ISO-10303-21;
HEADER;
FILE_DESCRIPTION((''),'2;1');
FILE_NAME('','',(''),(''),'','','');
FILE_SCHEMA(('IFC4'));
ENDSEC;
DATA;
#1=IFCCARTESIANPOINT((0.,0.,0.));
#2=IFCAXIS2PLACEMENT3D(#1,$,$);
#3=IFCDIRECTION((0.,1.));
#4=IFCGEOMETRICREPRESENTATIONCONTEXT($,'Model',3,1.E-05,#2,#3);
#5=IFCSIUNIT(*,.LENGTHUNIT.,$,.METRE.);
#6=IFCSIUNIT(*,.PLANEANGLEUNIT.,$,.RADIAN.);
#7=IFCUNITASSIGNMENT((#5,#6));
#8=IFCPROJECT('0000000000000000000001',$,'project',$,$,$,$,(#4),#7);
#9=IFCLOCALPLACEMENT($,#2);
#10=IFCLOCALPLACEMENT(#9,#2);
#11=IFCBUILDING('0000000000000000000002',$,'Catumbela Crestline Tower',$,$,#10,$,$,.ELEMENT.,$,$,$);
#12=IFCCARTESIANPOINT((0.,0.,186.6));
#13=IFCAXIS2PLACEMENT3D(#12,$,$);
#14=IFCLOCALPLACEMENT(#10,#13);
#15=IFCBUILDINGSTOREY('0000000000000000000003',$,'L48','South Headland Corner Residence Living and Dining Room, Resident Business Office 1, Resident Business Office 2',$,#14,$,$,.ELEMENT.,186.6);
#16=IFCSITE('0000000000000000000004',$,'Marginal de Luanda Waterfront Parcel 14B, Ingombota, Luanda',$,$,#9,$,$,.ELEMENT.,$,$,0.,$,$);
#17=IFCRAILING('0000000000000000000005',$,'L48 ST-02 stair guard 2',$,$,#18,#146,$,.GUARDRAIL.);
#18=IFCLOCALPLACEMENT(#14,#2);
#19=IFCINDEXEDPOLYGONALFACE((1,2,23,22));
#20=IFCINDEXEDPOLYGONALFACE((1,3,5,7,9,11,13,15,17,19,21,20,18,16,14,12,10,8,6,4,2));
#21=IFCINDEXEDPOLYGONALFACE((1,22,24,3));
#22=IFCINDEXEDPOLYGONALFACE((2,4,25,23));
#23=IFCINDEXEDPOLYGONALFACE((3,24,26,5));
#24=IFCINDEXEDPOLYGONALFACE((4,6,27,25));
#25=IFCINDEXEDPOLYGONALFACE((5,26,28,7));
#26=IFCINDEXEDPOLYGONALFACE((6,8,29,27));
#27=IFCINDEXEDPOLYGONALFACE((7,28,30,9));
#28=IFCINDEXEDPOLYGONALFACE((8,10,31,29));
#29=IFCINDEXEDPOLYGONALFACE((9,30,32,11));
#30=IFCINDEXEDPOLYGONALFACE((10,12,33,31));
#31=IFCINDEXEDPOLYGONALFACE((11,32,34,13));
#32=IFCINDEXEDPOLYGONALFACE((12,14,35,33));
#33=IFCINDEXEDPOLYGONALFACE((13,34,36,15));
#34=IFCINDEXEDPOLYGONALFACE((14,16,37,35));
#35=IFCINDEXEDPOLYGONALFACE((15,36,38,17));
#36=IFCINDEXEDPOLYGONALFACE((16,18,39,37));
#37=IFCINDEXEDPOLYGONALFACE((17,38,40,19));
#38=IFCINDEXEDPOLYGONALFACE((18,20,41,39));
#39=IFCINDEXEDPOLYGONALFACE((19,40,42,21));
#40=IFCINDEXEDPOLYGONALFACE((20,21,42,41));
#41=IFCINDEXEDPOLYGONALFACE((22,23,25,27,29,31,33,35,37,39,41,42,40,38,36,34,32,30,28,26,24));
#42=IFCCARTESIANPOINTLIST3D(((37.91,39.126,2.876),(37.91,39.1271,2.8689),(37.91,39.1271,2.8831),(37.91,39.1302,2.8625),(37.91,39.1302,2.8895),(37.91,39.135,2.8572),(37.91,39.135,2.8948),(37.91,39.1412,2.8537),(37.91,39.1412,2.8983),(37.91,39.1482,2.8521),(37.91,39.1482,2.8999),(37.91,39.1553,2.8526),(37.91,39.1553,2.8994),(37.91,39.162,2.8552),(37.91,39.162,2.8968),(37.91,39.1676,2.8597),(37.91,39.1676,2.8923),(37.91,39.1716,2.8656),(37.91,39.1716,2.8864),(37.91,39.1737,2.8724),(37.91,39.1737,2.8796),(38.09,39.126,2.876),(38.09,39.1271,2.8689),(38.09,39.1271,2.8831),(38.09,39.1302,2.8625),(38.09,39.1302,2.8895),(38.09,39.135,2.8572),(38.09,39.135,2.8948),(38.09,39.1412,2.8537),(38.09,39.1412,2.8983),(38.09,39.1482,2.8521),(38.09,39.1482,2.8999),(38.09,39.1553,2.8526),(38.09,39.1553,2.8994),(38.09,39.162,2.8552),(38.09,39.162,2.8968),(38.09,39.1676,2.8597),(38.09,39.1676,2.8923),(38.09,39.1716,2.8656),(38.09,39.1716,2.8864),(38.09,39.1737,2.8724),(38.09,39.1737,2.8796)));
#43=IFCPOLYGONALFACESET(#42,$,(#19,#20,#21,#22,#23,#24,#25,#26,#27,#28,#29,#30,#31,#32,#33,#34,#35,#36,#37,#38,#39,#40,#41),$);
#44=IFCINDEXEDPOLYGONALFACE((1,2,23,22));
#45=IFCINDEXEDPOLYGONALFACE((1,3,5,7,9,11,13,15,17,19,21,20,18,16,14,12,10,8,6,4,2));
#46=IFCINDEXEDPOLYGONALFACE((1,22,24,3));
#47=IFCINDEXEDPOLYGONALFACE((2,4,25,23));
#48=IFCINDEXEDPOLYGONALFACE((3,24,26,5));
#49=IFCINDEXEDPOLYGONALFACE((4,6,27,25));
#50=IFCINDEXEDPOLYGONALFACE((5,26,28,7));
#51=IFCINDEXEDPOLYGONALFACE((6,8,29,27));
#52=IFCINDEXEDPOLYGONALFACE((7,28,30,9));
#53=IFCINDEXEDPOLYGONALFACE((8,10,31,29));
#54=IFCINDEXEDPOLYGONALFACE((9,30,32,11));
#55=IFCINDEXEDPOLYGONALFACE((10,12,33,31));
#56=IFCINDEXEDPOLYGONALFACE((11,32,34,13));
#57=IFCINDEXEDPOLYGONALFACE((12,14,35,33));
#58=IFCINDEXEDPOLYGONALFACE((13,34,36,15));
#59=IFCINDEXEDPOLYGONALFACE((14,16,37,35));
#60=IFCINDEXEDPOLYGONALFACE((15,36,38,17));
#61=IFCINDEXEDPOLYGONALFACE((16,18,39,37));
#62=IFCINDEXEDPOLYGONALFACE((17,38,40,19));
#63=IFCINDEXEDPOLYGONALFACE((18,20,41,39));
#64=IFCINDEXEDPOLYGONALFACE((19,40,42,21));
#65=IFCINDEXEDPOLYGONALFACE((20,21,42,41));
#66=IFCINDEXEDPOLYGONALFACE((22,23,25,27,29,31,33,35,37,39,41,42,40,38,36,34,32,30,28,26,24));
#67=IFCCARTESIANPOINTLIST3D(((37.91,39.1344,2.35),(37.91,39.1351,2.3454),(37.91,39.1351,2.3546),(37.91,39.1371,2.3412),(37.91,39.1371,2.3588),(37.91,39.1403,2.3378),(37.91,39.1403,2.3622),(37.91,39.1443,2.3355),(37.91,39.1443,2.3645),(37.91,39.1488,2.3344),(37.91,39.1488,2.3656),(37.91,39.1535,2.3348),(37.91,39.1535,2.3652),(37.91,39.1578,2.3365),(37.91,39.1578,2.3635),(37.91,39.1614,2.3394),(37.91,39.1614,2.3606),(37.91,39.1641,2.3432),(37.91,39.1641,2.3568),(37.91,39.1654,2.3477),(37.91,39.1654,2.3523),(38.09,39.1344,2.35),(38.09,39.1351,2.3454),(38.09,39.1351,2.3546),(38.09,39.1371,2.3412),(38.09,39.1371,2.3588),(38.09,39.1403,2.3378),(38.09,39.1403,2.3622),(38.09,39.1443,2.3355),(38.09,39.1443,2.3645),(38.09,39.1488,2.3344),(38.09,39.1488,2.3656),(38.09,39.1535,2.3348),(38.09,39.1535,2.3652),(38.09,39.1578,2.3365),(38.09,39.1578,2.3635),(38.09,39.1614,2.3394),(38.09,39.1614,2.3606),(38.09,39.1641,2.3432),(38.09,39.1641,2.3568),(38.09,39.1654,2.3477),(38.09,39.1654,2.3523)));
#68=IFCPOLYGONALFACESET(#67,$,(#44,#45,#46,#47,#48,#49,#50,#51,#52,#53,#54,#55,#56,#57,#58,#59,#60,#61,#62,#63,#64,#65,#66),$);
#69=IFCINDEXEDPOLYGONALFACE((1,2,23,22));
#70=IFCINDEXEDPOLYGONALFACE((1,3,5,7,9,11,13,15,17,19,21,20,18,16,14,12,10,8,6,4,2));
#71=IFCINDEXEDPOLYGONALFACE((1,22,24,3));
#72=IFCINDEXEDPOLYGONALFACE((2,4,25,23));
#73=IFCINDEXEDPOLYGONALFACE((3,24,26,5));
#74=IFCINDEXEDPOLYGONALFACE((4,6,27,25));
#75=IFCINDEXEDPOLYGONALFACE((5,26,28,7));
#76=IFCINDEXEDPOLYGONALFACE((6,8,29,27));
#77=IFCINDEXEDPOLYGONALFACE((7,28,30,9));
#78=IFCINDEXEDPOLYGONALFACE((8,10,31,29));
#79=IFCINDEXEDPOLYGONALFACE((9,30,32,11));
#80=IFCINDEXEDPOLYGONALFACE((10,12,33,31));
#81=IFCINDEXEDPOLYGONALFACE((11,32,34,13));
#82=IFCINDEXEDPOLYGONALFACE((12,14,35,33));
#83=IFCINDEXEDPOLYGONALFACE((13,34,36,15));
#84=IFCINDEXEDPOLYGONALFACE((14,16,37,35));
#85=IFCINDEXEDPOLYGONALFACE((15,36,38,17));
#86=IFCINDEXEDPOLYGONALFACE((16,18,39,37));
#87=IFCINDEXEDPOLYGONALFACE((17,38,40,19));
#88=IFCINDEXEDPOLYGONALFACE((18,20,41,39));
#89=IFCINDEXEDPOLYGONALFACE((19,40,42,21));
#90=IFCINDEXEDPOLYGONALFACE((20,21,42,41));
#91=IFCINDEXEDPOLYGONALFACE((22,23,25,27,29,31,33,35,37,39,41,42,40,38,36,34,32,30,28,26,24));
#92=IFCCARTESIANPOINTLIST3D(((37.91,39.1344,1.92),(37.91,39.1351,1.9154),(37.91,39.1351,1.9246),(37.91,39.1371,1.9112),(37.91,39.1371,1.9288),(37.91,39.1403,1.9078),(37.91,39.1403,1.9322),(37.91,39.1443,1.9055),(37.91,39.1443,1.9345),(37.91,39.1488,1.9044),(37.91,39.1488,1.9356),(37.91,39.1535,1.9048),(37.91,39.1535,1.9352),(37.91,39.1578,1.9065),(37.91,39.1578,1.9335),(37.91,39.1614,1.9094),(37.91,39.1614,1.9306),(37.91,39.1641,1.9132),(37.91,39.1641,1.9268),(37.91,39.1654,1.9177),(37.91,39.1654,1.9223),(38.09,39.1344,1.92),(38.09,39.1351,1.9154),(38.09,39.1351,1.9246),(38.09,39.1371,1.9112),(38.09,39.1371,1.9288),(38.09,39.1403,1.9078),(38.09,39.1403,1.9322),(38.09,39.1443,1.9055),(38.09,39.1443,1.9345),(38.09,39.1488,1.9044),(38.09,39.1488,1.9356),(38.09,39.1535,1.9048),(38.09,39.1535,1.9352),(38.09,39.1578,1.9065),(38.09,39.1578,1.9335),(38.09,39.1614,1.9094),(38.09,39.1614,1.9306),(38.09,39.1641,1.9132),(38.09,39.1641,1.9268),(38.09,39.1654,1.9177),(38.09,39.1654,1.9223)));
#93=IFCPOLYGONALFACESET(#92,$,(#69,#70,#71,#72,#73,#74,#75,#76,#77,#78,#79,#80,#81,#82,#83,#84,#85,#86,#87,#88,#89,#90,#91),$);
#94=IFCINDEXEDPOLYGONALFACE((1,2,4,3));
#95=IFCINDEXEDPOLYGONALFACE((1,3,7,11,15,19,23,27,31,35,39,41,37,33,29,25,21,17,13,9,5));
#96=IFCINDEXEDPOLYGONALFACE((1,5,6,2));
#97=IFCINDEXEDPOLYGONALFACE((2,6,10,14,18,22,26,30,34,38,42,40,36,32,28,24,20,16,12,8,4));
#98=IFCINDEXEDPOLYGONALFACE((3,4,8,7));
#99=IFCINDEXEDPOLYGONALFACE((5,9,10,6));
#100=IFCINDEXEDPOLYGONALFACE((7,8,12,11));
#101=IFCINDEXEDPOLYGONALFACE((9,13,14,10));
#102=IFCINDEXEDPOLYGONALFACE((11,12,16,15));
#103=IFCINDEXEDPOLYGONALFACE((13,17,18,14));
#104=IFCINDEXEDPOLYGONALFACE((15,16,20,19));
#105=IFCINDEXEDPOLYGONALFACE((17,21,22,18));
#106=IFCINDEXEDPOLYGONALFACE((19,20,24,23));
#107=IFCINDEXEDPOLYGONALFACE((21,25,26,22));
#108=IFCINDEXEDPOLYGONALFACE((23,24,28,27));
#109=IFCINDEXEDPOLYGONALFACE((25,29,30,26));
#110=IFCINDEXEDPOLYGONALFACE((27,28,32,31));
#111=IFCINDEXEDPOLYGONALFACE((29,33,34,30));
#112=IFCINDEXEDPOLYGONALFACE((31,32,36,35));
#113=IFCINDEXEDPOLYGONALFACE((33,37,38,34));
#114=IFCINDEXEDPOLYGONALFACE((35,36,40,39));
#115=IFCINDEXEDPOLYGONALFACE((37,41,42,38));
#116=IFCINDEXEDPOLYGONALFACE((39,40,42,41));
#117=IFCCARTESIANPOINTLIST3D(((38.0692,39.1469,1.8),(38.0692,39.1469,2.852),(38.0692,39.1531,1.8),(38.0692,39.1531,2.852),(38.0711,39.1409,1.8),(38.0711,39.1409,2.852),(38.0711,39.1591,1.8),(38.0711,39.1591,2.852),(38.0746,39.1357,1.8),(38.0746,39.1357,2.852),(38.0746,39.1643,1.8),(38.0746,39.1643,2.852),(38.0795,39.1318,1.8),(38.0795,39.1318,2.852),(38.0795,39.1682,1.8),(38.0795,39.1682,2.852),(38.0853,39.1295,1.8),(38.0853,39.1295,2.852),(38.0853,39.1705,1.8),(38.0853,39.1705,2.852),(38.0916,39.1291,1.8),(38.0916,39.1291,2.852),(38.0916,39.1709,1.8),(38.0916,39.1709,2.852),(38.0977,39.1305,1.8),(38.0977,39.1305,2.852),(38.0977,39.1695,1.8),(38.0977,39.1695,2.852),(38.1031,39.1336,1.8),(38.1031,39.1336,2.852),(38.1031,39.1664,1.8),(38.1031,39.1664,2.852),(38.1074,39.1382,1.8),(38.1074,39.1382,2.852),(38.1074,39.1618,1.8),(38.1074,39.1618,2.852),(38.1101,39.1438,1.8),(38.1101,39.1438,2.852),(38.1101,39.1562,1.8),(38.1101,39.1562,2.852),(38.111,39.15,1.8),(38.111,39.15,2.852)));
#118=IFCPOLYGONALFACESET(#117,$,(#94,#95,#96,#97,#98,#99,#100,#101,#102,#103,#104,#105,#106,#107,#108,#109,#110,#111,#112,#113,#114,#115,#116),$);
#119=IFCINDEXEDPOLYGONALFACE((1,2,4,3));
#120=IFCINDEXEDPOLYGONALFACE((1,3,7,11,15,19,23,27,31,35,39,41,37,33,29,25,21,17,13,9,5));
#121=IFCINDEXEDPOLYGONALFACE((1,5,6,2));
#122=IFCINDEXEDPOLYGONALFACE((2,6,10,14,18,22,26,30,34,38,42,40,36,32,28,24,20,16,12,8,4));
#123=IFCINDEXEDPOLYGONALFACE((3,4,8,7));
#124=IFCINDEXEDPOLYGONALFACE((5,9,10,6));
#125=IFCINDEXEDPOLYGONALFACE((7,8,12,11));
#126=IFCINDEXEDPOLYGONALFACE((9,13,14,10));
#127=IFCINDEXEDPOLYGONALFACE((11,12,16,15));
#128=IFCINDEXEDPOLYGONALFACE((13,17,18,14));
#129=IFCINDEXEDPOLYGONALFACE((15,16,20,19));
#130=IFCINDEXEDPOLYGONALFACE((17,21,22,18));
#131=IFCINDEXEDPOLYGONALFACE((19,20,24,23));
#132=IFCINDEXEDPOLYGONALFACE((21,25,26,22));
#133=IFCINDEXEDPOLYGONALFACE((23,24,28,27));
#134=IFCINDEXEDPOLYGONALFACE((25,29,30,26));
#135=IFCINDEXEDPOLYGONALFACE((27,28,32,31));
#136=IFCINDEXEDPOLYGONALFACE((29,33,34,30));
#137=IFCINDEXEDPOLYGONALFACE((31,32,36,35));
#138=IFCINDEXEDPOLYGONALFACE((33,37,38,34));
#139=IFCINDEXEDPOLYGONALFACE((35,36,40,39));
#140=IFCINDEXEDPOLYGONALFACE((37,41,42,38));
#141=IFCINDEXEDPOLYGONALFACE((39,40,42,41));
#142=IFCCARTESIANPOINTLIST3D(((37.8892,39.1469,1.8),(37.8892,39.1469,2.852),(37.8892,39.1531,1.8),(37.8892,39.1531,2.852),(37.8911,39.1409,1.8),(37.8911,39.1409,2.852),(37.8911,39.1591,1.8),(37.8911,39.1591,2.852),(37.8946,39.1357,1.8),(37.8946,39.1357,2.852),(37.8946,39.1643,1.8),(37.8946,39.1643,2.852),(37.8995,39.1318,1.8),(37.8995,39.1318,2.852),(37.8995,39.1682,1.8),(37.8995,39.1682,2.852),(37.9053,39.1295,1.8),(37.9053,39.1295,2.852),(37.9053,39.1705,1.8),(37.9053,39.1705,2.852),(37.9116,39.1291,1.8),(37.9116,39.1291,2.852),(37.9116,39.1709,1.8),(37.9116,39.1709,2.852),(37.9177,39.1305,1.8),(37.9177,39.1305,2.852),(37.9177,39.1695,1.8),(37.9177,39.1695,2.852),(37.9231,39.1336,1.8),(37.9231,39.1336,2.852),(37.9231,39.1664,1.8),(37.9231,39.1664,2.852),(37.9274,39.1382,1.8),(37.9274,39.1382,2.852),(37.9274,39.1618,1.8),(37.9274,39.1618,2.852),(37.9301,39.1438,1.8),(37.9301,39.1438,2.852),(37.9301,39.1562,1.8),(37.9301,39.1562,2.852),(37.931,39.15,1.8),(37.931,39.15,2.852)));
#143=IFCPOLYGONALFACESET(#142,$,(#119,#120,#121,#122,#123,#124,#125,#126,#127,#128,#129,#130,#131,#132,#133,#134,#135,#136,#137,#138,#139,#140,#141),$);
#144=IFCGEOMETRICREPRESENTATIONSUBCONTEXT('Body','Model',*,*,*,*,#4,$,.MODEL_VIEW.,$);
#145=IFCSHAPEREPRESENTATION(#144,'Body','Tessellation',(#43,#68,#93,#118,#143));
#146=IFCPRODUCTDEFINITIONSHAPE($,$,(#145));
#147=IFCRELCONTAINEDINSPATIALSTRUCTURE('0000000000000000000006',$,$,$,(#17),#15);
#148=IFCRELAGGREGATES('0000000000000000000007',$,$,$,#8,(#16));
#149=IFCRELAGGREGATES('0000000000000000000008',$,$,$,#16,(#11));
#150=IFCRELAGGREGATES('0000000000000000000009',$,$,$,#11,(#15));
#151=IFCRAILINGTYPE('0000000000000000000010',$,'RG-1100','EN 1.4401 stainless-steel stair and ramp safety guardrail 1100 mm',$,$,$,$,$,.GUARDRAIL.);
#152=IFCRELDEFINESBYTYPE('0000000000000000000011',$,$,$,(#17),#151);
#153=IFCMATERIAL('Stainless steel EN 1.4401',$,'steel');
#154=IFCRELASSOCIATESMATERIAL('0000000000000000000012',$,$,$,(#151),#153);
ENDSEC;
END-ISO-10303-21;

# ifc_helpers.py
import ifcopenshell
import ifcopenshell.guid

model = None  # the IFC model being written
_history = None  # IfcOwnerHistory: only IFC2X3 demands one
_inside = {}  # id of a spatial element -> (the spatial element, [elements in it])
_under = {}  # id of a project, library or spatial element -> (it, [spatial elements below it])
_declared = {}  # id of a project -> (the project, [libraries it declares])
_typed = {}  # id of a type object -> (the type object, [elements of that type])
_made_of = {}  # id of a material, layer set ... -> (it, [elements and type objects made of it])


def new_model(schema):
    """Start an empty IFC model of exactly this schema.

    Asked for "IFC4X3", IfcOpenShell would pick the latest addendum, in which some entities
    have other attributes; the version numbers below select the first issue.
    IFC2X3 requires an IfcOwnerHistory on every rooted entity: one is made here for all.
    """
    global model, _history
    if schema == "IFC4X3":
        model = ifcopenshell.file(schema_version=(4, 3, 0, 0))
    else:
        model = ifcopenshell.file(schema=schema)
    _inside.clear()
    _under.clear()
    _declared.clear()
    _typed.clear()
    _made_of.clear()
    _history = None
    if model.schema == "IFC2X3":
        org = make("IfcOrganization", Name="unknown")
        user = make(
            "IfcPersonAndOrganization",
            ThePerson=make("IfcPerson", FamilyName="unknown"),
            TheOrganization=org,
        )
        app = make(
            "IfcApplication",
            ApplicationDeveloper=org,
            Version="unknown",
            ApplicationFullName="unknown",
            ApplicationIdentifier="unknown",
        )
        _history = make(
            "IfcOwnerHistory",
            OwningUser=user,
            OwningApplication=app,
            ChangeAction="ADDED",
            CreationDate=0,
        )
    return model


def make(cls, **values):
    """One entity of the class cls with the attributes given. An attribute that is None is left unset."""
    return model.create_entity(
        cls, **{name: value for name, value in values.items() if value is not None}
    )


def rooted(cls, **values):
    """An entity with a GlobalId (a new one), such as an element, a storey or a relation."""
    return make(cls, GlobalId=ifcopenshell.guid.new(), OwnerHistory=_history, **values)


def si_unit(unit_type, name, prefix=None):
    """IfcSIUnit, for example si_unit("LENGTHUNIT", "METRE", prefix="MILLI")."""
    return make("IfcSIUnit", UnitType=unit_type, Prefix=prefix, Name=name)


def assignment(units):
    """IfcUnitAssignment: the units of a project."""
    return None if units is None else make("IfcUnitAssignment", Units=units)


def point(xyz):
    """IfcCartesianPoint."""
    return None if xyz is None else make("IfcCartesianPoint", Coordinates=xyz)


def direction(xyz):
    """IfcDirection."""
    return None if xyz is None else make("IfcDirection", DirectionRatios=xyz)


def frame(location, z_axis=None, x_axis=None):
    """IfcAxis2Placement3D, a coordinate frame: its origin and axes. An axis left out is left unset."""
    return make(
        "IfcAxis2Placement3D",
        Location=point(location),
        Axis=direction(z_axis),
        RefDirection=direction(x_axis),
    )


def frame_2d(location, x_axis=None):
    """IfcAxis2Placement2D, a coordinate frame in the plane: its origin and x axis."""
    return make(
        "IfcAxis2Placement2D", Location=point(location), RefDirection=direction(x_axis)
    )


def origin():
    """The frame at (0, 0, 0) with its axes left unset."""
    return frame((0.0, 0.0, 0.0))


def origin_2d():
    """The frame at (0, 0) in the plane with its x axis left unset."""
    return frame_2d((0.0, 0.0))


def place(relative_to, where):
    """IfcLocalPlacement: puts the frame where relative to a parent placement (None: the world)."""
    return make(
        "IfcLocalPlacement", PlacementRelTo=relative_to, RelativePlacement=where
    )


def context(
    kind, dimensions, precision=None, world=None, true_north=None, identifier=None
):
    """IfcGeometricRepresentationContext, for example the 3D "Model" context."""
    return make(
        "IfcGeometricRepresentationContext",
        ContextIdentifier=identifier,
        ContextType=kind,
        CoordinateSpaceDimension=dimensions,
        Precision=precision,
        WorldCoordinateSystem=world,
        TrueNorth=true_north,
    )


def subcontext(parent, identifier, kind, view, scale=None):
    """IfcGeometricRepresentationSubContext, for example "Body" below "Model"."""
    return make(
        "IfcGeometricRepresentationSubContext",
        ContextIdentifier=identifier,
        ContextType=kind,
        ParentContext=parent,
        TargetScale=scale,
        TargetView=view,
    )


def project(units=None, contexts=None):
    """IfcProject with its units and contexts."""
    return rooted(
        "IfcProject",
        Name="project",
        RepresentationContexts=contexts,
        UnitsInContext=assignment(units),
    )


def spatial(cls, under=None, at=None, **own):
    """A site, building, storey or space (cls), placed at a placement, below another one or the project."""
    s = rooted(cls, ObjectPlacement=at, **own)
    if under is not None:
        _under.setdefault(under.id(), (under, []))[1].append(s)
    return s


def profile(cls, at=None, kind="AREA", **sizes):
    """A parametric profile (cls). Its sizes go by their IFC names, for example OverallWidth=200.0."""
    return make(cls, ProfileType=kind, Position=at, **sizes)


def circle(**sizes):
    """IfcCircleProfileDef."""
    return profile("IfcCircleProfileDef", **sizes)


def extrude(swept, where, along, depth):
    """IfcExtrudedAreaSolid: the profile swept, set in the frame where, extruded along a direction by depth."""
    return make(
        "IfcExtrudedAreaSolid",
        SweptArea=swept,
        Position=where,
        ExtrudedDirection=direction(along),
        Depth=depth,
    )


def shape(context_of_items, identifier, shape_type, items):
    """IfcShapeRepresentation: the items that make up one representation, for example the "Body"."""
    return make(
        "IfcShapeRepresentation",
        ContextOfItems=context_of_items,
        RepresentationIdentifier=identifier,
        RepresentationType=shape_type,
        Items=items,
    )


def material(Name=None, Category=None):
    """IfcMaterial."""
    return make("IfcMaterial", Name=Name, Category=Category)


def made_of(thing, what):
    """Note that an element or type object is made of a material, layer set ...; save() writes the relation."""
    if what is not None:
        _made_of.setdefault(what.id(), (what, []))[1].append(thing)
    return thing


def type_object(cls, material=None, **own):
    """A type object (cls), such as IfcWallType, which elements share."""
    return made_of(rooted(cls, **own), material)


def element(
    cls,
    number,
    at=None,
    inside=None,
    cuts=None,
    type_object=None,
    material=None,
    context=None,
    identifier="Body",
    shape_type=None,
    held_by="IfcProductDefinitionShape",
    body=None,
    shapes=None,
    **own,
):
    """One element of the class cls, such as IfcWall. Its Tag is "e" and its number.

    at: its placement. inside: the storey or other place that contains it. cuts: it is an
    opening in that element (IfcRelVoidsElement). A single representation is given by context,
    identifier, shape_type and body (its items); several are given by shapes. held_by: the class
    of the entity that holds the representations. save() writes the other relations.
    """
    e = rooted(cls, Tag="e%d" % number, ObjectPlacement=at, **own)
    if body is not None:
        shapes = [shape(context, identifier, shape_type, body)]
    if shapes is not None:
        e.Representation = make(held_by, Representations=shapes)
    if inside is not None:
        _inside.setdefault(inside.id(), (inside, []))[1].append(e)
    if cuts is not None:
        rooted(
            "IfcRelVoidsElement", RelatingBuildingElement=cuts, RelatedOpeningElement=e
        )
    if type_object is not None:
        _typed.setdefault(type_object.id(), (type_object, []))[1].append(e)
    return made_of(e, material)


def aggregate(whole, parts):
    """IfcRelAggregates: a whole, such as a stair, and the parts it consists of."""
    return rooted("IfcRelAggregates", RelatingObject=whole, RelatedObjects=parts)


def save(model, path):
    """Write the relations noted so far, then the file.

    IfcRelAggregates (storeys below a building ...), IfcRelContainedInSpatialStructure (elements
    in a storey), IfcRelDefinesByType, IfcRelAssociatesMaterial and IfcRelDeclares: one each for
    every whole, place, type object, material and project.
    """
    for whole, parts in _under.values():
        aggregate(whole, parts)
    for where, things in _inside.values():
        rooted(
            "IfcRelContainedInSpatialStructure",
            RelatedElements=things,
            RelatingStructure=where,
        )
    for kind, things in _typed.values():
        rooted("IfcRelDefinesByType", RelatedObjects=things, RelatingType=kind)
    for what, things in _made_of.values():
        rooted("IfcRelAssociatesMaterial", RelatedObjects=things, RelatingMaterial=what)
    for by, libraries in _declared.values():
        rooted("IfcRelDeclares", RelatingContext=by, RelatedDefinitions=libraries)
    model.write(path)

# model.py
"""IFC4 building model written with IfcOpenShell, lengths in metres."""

from ifc_helpers import new_model, si_unit, direction, frame, origin, origin_2d, place, context, subcontext, project, spatial, circle, extrude, material, type_object, element, save


model = new_model("IFC4")

# Units and contexts
model_context = context("Model", 3, precision=1e-05, world=origin(), true_north=direction((0.0, 1.0)))
body_context = subcontext(model_context, "Body", "Model", "MODEL_VIEW")
ifc_project = project(units=[si_unit("LENGTHUNIT", "METRE"), si_unit("PLANEANGLEUNIT", "RADIAN")], contexts=[model_context])

# Site, building, storey
site_placement = place(None, origin())
site = spatial("IfcSite", under=ifc_project, at=site_placement, Name="Marginal de Luanda Waterfront Parcel 14B, Ingombota, Luanda", CompositionType="ELEMENT", RefElevation=0.0)
building_placement = place(site_placement, origin())
building = spatial("IfcBuilding", under=site, at=building_placement, Name="Catumbela Crestline Tower", CompositionType="ELEMENT")
storey_placement = place(building_placement, frame((0.0, 0.0, 186.6)))
storey = spatial("IfcBuildingStorey", under=building, at=storey_placement, Name="L48", Description="South Headland Corner Residence Living and Dining Room, Resident Business Office 1, Resident Business Office 2", CompositionType="ELEMENT", Elevation=186.6)

# Shared definitions
ifc_material_1 = material(Name="Stainless steel EN 1.4401", Category="steel")

# Railing
railing_type_1 = type_object("IfcRailingType", Name="RG-1100", Description="EN 1.4401 stainless-steel stair and ramp safety guardrail 1100 mm", PredefinedType="GUARDRAIL", material=ifc_material_1)
railing_1_placement = place(storey_placement, frame((38.09, 39.15, 1.8)))
element("IfcRailing", 1, at=railing_1_placement, inside=storey, type_object=railing_type_1, Name="L48 ST-02 stair guard 2", PredefinedType="GUARDRAIL", context=body_context, shape_type="SweptSolid", body=[
    extrude(circle(Radius=0.024, at=origin_2d()), frame((0.0, 0.0, 1.076), z_axis=(-1.0, 0.0, 0.0), x_axis=(0.0, -1.0, 0.0)), (0.0, 0.0, 1.0), 0.18),
    extrude(circle(Radius=0.0156, at=origin_2d()), frame((0.0, 0.0, 0.55), z_axis=(-1.0, 0.0, 0.0), x_axis=(0.0, -1.0, 0.0)), (0.0, 0.0, 1.0), 0.18),
    extrude(circle(Radius=0.0156, at=origin_2d()), frame((0.0, 0.0, 0.12), z_axis=(-1.0, 0.0, 0.0), x_axis=(0.0, -1.0, 0.0)), (0.0, 0.0, 1.0), 0.18),
    extrude(circle(Radius=0.021, at=origin_2d()), origin(), (0.0, 0.0, 1.0), 1.052),
    extrude(circle(Radius=0.021, at=origin_2d()), frame((-0.18, 0.0, 0.0)), (0.0, 0.0, 1.0), 1.052),
])

save(model, "model.ifc")
